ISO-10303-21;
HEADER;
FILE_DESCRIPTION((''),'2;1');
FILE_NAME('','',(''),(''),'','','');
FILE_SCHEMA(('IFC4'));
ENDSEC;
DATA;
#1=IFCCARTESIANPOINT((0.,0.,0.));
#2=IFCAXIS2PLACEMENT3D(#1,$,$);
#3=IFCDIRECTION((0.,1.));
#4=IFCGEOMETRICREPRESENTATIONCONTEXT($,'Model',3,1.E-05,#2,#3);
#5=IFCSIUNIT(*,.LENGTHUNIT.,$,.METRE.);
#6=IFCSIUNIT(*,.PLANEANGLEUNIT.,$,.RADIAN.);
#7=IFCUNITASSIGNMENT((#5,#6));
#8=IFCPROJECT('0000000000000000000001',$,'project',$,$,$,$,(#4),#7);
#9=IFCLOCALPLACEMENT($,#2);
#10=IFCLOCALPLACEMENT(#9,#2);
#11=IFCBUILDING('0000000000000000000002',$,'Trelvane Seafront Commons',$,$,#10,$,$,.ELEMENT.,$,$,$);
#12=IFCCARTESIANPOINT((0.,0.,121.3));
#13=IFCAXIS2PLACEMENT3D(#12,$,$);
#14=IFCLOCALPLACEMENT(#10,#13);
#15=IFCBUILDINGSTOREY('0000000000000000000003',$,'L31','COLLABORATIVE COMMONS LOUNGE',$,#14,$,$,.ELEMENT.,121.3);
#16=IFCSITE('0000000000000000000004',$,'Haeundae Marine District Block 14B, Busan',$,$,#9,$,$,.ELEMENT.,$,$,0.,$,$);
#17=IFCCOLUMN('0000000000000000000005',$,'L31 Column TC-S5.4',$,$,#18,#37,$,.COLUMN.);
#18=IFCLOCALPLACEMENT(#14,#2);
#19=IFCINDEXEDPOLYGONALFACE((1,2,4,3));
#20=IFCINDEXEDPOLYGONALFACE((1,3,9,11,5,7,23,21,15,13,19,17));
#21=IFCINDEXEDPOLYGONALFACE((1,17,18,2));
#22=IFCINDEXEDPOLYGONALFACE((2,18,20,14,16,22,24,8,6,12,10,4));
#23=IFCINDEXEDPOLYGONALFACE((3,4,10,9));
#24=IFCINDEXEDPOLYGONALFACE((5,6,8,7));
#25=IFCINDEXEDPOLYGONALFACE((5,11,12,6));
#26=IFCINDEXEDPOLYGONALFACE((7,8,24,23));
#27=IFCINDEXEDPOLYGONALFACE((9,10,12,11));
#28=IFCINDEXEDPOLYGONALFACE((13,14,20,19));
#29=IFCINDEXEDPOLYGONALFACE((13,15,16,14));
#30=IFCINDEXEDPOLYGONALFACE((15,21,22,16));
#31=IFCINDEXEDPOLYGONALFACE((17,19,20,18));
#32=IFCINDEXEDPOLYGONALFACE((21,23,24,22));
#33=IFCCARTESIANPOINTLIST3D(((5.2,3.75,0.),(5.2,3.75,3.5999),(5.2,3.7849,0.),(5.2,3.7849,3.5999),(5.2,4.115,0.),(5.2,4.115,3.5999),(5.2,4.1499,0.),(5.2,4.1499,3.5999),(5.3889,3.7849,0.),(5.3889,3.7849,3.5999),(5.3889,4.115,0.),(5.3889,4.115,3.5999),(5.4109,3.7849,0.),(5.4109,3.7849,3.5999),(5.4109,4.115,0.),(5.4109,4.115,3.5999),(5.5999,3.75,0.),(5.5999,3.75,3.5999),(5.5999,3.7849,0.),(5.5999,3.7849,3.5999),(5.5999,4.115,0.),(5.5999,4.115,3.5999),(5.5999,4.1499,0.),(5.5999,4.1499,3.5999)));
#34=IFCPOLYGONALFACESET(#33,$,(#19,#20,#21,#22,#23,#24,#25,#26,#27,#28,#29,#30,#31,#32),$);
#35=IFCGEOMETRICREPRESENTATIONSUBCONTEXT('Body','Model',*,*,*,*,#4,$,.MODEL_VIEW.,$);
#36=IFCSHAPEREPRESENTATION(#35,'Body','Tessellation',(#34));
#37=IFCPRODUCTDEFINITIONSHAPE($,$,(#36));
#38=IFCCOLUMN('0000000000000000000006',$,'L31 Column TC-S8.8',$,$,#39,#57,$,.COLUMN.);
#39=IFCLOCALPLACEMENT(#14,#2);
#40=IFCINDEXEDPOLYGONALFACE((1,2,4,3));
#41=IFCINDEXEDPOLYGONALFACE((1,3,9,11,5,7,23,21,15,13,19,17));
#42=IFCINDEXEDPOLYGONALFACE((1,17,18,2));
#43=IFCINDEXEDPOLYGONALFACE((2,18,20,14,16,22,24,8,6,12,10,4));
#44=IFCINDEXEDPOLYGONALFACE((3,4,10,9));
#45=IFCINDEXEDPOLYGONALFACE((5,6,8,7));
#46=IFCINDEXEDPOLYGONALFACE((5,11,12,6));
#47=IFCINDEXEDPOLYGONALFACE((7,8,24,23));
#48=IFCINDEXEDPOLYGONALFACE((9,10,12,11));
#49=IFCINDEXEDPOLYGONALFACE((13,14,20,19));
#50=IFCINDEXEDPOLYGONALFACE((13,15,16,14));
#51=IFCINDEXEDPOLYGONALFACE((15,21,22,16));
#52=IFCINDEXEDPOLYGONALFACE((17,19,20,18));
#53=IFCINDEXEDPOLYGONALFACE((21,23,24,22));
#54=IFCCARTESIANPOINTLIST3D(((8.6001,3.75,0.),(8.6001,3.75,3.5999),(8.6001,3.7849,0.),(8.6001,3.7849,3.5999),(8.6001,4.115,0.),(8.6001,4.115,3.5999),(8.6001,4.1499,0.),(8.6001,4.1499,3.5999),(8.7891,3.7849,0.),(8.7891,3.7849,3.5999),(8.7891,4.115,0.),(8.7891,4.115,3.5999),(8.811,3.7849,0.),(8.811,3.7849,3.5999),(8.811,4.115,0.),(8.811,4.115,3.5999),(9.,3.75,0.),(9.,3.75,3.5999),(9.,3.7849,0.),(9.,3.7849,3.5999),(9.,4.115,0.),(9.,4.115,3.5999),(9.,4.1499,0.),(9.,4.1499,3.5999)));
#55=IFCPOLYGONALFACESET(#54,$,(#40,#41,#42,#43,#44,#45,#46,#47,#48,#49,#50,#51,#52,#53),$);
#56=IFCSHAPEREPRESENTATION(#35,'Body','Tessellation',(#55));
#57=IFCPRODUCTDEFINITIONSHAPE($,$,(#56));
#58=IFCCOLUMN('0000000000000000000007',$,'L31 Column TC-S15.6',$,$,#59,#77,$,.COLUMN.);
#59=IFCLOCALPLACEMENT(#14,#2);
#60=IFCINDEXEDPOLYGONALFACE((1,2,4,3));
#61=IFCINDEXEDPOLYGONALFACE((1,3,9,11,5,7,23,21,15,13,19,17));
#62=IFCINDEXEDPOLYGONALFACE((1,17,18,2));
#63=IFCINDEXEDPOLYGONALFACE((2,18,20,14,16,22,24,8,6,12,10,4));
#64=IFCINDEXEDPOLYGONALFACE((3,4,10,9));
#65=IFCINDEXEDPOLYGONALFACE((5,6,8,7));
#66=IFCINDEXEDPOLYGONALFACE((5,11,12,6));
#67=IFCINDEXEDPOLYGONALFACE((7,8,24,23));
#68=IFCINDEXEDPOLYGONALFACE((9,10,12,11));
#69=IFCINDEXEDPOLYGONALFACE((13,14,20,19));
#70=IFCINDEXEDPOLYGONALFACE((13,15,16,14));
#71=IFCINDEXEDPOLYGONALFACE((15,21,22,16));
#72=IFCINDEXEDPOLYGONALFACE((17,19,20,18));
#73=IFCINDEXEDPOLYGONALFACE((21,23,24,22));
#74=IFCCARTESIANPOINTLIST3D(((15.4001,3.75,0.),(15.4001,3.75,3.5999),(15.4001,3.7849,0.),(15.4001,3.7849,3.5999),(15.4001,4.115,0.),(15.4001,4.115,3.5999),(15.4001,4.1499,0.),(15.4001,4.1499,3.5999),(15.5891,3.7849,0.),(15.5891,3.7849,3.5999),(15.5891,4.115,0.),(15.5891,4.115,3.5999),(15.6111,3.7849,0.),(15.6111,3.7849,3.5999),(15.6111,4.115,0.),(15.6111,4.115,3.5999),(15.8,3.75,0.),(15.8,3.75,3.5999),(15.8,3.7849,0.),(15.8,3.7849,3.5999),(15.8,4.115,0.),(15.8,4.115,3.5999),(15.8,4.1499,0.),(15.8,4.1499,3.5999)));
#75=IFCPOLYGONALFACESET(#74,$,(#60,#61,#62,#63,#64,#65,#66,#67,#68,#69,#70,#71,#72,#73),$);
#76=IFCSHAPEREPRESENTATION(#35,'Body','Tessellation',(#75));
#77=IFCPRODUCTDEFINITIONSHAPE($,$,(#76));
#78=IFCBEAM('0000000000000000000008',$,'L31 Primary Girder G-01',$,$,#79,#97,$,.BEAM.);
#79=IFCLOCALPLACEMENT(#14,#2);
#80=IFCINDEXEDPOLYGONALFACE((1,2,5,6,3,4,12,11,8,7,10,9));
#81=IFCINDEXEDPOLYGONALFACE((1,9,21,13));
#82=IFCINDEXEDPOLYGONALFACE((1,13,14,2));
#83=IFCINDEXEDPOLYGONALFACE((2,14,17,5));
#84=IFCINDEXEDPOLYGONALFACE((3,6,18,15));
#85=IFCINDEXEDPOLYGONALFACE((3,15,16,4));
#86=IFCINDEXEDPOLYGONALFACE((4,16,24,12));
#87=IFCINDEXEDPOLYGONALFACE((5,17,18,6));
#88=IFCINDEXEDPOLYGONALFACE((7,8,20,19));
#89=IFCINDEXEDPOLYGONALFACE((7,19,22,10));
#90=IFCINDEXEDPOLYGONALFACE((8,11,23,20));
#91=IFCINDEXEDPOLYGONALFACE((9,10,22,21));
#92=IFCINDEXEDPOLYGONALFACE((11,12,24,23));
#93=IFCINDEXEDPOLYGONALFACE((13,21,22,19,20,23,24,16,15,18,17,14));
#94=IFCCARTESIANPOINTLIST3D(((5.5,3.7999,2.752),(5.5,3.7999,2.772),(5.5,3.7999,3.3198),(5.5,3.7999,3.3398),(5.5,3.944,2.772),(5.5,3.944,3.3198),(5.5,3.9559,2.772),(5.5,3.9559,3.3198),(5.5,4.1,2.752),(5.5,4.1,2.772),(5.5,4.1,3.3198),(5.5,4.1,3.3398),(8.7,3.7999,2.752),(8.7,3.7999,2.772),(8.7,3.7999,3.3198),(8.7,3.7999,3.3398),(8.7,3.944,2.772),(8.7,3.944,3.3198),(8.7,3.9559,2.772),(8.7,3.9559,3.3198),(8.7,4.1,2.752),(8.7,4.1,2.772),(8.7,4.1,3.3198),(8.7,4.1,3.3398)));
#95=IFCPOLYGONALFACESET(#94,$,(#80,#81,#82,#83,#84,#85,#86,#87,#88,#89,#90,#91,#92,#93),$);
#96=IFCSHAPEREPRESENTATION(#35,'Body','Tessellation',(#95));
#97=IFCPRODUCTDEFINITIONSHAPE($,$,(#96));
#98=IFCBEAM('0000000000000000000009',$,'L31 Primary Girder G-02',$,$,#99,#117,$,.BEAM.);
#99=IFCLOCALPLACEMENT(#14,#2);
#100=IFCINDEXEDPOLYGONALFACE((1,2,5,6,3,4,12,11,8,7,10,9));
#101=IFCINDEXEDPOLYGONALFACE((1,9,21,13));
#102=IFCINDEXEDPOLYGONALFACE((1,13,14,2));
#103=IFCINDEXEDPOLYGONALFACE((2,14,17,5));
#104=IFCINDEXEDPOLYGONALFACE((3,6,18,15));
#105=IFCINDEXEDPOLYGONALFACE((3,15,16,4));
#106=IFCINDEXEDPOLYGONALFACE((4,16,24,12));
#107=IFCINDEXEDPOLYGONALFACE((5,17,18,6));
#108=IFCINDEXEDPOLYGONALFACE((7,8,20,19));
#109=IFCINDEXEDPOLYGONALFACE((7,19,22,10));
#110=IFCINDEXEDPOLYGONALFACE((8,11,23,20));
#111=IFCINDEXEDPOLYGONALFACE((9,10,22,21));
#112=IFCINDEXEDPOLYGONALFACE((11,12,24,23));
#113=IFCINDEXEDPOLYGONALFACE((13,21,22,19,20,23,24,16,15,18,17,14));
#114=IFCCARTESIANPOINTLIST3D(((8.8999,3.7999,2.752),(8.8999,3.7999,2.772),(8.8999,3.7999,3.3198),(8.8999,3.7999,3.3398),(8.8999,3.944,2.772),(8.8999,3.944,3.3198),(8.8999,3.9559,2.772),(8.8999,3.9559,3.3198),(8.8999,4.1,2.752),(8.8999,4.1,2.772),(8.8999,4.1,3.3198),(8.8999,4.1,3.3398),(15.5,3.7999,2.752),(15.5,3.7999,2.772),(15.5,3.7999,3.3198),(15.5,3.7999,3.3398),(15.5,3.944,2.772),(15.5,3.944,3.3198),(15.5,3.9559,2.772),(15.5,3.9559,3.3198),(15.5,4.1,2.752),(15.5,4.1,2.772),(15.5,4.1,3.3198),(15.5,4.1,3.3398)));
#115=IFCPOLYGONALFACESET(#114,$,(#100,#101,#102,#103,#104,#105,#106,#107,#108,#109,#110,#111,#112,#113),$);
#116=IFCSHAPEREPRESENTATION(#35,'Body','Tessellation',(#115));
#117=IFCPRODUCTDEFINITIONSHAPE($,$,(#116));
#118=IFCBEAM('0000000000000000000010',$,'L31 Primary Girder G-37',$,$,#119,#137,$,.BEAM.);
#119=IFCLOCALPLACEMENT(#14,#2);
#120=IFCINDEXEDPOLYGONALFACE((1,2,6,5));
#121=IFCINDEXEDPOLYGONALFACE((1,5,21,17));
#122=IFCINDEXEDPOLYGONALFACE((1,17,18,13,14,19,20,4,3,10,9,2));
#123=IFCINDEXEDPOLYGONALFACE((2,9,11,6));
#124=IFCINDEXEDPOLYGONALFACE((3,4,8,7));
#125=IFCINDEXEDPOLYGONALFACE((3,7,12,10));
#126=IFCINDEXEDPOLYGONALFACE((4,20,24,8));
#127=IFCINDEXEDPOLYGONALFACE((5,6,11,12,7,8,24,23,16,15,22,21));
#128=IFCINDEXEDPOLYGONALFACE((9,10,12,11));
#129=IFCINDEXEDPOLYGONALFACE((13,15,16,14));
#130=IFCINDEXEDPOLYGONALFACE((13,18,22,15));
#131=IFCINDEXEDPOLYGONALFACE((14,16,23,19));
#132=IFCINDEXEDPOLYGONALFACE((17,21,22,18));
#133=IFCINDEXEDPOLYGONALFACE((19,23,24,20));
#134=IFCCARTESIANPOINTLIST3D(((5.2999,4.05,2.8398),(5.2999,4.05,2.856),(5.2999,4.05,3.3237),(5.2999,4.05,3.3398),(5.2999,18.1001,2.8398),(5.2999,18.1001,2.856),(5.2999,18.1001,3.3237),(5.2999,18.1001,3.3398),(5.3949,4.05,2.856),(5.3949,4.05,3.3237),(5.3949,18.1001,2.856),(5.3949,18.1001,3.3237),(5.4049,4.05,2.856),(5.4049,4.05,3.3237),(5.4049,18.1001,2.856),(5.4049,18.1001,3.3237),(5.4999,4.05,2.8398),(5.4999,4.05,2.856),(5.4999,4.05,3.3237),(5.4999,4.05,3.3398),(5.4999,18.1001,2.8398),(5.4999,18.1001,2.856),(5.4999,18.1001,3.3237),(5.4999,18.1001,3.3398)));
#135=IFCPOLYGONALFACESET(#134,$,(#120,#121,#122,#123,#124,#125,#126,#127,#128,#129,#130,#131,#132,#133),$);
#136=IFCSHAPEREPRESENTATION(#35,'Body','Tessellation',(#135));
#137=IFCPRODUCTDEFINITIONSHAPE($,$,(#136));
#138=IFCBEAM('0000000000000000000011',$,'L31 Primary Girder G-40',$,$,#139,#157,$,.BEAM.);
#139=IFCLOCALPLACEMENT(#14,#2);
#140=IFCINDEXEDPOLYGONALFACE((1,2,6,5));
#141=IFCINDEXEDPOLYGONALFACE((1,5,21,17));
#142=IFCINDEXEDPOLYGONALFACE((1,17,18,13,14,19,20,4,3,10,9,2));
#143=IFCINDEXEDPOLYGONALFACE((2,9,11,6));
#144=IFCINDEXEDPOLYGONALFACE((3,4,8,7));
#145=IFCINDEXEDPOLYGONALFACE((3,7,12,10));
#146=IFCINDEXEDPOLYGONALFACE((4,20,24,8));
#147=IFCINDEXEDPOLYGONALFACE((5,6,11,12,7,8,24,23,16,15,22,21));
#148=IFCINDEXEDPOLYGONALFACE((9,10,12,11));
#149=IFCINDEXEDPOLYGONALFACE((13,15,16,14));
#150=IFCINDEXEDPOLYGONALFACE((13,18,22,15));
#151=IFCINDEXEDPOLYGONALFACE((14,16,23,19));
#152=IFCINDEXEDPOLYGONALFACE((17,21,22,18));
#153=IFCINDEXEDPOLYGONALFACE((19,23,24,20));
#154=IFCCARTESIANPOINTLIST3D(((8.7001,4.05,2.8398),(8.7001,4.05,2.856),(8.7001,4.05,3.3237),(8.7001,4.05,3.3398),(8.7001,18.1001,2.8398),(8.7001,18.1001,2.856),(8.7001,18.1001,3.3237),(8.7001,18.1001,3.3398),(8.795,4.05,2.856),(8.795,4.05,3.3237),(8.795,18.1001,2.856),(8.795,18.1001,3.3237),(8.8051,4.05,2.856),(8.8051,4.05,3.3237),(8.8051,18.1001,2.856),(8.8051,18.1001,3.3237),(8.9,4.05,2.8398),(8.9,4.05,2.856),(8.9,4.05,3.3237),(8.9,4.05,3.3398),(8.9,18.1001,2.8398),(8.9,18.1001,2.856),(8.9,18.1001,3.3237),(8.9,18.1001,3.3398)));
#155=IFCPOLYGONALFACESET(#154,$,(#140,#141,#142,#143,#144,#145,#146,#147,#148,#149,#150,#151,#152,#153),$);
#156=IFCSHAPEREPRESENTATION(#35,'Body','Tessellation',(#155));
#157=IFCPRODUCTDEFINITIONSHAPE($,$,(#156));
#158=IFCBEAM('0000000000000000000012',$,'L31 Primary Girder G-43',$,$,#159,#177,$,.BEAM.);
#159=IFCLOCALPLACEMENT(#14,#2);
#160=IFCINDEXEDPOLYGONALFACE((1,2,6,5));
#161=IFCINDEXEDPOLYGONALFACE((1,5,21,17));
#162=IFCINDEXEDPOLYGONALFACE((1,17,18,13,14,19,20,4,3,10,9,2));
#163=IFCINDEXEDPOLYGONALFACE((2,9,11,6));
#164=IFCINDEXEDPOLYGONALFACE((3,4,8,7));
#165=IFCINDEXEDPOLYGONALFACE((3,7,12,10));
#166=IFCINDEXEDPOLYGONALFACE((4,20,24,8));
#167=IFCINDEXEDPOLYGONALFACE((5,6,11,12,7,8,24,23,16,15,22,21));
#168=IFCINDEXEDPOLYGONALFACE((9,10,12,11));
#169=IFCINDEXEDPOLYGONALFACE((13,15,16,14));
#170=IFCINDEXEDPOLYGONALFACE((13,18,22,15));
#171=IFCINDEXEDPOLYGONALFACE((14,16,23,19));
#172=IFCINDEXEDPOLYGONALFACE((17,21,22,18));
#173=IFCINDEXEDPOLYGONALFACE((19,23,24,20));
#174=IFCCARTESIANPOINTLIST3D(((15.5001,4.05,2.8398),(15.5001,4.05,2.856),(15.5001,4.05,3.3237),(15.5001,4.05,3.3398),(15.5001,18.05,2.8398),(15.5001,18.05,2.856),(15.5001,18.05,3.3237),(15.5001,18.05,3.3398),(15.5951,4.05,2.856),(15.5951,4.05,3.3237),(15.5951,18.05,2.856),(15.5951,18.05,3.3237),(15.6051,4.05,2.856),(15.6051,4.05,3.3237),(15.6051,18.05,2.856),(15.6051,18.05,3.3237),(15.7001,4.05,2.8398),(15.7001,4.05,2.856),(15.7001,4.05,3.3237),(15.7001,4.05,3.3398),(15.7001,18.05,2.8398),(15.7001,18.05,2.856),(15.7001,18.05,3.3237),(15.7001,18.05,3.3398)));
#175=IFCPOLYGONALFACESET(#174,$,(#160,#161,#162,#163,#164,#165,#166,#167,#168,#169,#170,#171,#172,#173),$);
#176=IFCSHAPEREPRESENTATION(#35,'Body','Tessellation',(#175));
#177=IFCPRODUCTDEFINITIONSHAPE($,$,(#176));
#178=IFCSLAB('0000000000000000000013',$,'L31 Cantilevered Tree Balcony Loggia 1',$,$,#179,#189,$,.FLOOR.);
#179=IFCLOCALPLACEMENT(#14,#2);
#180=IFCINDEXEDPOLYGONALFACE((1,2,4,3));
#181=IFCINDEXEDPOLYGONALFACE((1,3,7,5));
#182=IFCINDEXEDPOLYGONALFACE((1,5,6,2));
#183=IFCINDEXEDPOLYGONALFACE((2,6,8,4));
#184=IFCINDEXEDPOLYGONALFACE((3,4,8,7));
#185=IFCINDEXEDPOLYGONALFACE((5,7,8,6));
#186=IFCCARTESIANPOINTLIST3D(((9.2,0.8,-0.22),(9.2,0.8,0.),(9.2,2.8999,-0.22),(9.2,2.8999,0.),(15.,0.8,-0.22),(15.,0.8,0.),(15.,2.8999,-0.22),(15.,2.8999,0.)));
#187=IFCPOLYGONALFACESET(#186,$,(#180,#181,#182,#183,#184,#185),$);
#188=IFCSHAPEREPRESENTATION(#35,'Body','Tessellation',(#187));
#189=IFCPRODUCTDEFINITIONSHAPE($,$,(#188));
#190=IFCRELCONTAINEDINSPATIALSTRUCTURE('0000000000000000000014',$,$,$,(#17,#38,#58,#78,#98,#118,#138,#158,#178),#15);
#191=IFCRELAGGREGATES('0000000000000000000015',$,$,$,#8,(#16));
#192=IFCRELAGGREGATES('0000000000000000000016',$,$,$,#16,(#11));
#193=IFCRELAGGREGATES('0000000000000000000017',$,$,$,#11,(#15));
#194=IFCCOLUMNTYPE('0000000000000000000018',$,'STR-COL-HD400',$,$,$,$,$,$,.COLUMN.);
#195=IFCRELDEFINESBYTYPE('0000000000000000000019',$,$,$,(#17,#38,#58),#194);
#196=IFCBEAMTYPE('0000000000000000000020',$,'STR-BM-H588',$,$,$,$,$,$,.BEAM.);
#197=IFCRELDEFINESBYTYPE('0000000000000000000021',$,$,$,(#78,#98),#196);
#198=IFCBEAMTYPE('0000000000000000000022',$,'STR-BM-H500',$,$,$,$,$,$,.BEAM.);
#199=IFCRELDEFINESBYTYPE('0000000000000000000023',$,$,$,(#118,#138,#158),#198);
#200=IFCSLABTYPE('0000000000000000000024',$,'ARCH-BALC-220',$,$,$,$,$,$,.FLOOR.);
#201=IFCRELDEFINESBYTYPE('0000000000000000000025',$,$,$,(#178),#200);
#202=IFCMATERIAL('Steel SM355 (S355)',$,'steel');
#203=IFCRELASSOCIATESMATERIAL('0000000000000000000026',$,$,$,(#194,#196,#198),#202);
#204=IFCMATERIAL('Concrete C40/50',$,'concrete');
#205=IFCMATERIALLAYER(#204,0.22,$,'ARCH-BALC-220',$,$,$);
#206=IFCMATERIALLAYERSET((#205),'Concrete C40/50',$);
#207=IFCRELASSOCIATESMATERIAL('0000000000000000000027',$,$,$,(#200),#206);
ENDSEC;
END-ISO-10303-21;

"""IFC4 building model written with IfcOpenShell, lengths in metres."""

from ifc_helpers import new_model, si_unit, direction, frame, origin, origin_2d, place, context, subcontext, project, spatial, polyline, i_section, outline, extrude, source, transform, mapped, material, layer, layer_set, material_profile, profile_set, type_object, element, save


model = new_model("IFC4")

# Units and contexts
model_context = context("Model", 3, precision=1e-05, world=origin(), true_north=direction((0.0, 1.0)))
body_context = subcontext(model_context, "Body", "Model", "MODEL_VIEW")
ifc_project = project(units=[si_unit("LENGTHUNIT", "METRE"), si_unit("PLANEANGLEUNIT", "RADIAN")], contexts=[model_context])

# Site, building, storey
site_placement = place(None, origin())
site = spatial("IfcSite", under=ifc_project, at=site_placement, Name="Haeundae Marine District Block 14B, Busan", CompositionType="ELEMENT", RefElevation=0.0)
building_placement = place(site_placement, origin())
building = spatial("IfcBuilding", under=site, at=building_placement, Name="Trelvane Seafront Commons", CompositionType="ELEMENT")
storey_placement = place(building_placement, frame((0.0, 0.0, 121.3)))
storey = spatial("IfcBuildingStorey", under=building, at=storey_placement, Name="L31", Description="COLLABORATIVE COMMONS LOUNGE", CompositionType="ELEMENT", Elevation=121.3)

# Columns
ifc_material_1 = material(Name="Steel SM355 (S355)", Category="steel")
ifc_material_profile_1 = material_profile(ifc_material_1, i_section(OverallWidth=0.3999, OverallDepth=0.3999, WebThickness=0.022, FlangeThickness=0.0349, at=origin_2d()), Name="HD-400x400x22x35")
ifc_profile_set_1 = profile_set([ifc_material_profile_1], Name="Steel SM355 (S355)")
column_type = type_object("IfcColumnType", Name="STR-COL-HD400", PredefinedType="COLUMN", material=ifc_profile_set_1)
shared_shape_1 = source(origin(), body_context, "Body", "SweptSolid", [
    extrude(i_section(OverallWidth=0.3999, OverallDepth=0.3999, WebThickness=0.022, FlangeThickness=0.0349, at=origin_2d()), origin(), (0.0, 0.0, 1.0), 3.5999),
])
for number, where, z_axis, x_axis, name in (
    (1, (5.3999, 3.95, 0.0), (0.0, 0.0, 1.0), (1.0, 0.0, 0.0), "L31 Column TC-S5.4"),
    (2, (8.8, 3.95, 0.0), (0.0, 0.0, 1.0), (1.0, 0.0, 0.0), "L31 Column TC-S8.8"),
    (3, (15.6001, 3.95, 0.0), (0.0, 0.0, 1.0), (1.0, 0.0, 0.0), "L31 Column TC-S15.6"),
):
    element("IfcColumn", number, at=place(storey_placement, frame(where, z_axis=z_axis, x_axis=x_axis)), inside=storey, type_object=column_type, Name=name, PredefinedType="COLUMN", context=body_context, shape_type="MappedRepresentation", body=[
        mapped(shared_shape_1, transform((0.0, 0.0, 0.0), x_axis=(1.0, 0.0, 0.0), y_axis=(0.0, 1.0, 0.0), z_axis=(0.0, 0.0, 1.0), scale=1.0)),
    ])

# Beams
ifc_material_profile_2 = material_profile(ifc_material_1, i_section(OverallWidth=0.3, OverallDepth=0.5879, WebThickness=0.012, FlangeThickness=0.02, at=origin_2d()), Name="H-588x300x12x20")
ifc_profile_set_2 = profile_set([ifc_material_profile_2], Name="Steel SM355 (S355)")
beam_type_1 = type_object("IfcBeamType", Name="STR-BM-H588", PredefinedType="BEAM", material=ifc_profile_set_2)
shared_shape_2 = source(origin(), body_context, "Body", "SweptSolid", [
    extrude(i_section(OverallWidth=0.3, OverallDepth=0.5879, WebThickness=0.012, FlangeThickness=0.02, at=origin_2d()), origin(), (0.0, 0.0, 1.0), 3.2),
])
beam_1_placement = place(storey_placement, frame((5.5, 3.95, 3.0459), z_axis=(1.0, 0.0, 0.0), x_axis=(0.0, 1.0, 0.0)))
element("IfcBeam", 4, at=beam_1_placement, inside=storey, type_object=beam_type_1, Name="L31 Primary Girder G-01", PredefinedType="BEAM", context=body_context, shape_type="MappedRepresentation", body=[
    mapped(shared_shape_2, transform((0.0, 0.0, 0.0), x_axis=(1.0, 0.0, 0.0), y_axis=(0.0, 1.0, 0.0), z_axis=(0.0, 0.0, 1.0), scale=1.0)),
])
shared_shape_3 = source(origin(), body_context, "Body", "SweptSolid", [
    extrude(i_section(OverallWidth=0.3, OverallDepth=0.5879, WebThickness=0.012, FlangeThickness=0.02, at=origin_2d()), origin(), (0.0, 0.0, 1.0), 6.6001),
])
beam_2_placement = place(storey_placement, frame((8.8999, 3.95, 3.0459), z_axis=(1.0, 0.0, 0.0), x_axis=(0.0, 1.0, 0.0)))
element("IfcBeam", 5, at=beam_2_placement, inside=storey, type_object=beam_type_1, Name="L31 Primary Girder G-02", PredefinedType="BEAM", context=body_context, shape_type="MappedRepresentation", body=[
    mapped(shared_shape_3, transform((0.0, 0.0, 0.0), x_axis=(1.0, 0.0, 0.0), y_axis=(0.0, 1.0, 0.0), z_axis=(0.0, 0.0, 1.0), scale=1.0)),
])
ifc_material_profile_3 = material_profile(ifc_material_1, i_section(OverallWidth=0.2, OverallDepth=0.5, WebThickness=0.01, FlangeThickness=0.0161, at=origin_2d()), Name="H-500x200x10x16")
ifc_profile_set_3 = profile_set([ifc_material_profile_3], Name="Steel SM355 (S355)")
beam_type_2 = type_object("IfcBeamType", Name="STR-BM-H500", PredefinedType="BEAM", material=ifc_profile_set_3)
shared_shape_4 = source(origin(), body_context, "Body", "SweptSolid", [
    extrude(i_section(OverallWidth=0.2, OverallDepth=0.5, WebThickness=0.01, FlangeThickness=0.0161, at=origin_2d()), origin(), (0.0, 0.0, 1.0), 14.05),
])
for number, where, z_axis, x_axis, name in (
    (6, (5.3999, 4.05, 3.0898), (0.0, 1.0, 0.0), (-1.0, 0.0, 0.0), "L31 Primary Girder G-37"),
    (7, (8.8, 4.05, 3.0898), (0.0, 1.0, 0.0), (-1.0, 0.0, 0.0), "L31 Primary Girder G-40"),
):
    element("IfcBeam", number, at=place(storey_placement, frame(where, z_axis=z_axis, x_axis=x_axis)), inside=storey, type_object=beam_type_2, Name=name, PredefinedType="BEAM", context=body_context, shape_type="MappedRepresentation", body=[
        mapped(shared_shape_4, transform((0.0, 0.0, 0.0), x_axis=(1.0, 0.0, 0.0), y_axis=(0.0, 1.0, 0.0), z_axis=(0.0, 0.0, 1.0), scale=1.0)),
    ])
shared_shape_5 = source(origin(), body_context, "Body", "SweptSolid", [
    extrude(i_section(OverallWidth=0.2, OverallDepth=0.5, WebThickness=0.01, FlangeThickness=0.0161, at=origin_2d()), origin(), (0.0, 0.0, 1.0), 14.0),
])
beam_3_placement = place(storey_placement, frame((15.6001, 4.05, 3.0898), z_axis=(0.0, 1.0, 0.0), x_axis=(-1.0, 0.0, 0.0)))
element("IfcBeam", 8, at=beam_3_placement, inside=storey, type_object=beam_type_2, Name="L31 Primary Girder G-43", PredefinedType="BEAM", context=body_context, shape_type="MappedRepresentation", body=[
    mapped(shared_shape_5, transform((0.0, 0.0, 0.0), x_axis=(1.0, 0.0, 0.0), y_axis=(0.0, 1.0, 0.0), z_axis=(0.0, 0.0, 1.0), scale=1.0)),
])

# Slab
ifc_material_2 = material(Name="Concrete C40/50", Category="concrete")
ifc_layer_1 = layer(ifc_material_2, 0.22, Name="ARCH-BALC-220")
ifc_layer_set_1 = layer_set([ifc_layer_1], Name="Concrete C40/50")
slab_type_1 = type_object("IfcSlabType", Name="ARCH-BALC-220", PredefinedType="FLOOR", material=ifc_layer_set_1)
slab_1_placement = place(storey_placement, frame((0.0, 0.0, -0.22)))
element("IfcSlab", 9, at=slab_1_placement, inside=storey, type_object=slab_type_1, Name="L31 Cantilevered Tree Balcony Loggia 1", PredefinedType="FLOOR", context=body_context, shape_type="SweptSolid", body=[
    extrude(outline(polyline([(9.2, 0.8), (15.0, 0.8), (15.0, 2.8999), (9.2, 2.8999), (9.2, 0.8)])), origin(), (0.0, 0.0, 1.0), 0.22),
])

save(model, "model.ifc")
